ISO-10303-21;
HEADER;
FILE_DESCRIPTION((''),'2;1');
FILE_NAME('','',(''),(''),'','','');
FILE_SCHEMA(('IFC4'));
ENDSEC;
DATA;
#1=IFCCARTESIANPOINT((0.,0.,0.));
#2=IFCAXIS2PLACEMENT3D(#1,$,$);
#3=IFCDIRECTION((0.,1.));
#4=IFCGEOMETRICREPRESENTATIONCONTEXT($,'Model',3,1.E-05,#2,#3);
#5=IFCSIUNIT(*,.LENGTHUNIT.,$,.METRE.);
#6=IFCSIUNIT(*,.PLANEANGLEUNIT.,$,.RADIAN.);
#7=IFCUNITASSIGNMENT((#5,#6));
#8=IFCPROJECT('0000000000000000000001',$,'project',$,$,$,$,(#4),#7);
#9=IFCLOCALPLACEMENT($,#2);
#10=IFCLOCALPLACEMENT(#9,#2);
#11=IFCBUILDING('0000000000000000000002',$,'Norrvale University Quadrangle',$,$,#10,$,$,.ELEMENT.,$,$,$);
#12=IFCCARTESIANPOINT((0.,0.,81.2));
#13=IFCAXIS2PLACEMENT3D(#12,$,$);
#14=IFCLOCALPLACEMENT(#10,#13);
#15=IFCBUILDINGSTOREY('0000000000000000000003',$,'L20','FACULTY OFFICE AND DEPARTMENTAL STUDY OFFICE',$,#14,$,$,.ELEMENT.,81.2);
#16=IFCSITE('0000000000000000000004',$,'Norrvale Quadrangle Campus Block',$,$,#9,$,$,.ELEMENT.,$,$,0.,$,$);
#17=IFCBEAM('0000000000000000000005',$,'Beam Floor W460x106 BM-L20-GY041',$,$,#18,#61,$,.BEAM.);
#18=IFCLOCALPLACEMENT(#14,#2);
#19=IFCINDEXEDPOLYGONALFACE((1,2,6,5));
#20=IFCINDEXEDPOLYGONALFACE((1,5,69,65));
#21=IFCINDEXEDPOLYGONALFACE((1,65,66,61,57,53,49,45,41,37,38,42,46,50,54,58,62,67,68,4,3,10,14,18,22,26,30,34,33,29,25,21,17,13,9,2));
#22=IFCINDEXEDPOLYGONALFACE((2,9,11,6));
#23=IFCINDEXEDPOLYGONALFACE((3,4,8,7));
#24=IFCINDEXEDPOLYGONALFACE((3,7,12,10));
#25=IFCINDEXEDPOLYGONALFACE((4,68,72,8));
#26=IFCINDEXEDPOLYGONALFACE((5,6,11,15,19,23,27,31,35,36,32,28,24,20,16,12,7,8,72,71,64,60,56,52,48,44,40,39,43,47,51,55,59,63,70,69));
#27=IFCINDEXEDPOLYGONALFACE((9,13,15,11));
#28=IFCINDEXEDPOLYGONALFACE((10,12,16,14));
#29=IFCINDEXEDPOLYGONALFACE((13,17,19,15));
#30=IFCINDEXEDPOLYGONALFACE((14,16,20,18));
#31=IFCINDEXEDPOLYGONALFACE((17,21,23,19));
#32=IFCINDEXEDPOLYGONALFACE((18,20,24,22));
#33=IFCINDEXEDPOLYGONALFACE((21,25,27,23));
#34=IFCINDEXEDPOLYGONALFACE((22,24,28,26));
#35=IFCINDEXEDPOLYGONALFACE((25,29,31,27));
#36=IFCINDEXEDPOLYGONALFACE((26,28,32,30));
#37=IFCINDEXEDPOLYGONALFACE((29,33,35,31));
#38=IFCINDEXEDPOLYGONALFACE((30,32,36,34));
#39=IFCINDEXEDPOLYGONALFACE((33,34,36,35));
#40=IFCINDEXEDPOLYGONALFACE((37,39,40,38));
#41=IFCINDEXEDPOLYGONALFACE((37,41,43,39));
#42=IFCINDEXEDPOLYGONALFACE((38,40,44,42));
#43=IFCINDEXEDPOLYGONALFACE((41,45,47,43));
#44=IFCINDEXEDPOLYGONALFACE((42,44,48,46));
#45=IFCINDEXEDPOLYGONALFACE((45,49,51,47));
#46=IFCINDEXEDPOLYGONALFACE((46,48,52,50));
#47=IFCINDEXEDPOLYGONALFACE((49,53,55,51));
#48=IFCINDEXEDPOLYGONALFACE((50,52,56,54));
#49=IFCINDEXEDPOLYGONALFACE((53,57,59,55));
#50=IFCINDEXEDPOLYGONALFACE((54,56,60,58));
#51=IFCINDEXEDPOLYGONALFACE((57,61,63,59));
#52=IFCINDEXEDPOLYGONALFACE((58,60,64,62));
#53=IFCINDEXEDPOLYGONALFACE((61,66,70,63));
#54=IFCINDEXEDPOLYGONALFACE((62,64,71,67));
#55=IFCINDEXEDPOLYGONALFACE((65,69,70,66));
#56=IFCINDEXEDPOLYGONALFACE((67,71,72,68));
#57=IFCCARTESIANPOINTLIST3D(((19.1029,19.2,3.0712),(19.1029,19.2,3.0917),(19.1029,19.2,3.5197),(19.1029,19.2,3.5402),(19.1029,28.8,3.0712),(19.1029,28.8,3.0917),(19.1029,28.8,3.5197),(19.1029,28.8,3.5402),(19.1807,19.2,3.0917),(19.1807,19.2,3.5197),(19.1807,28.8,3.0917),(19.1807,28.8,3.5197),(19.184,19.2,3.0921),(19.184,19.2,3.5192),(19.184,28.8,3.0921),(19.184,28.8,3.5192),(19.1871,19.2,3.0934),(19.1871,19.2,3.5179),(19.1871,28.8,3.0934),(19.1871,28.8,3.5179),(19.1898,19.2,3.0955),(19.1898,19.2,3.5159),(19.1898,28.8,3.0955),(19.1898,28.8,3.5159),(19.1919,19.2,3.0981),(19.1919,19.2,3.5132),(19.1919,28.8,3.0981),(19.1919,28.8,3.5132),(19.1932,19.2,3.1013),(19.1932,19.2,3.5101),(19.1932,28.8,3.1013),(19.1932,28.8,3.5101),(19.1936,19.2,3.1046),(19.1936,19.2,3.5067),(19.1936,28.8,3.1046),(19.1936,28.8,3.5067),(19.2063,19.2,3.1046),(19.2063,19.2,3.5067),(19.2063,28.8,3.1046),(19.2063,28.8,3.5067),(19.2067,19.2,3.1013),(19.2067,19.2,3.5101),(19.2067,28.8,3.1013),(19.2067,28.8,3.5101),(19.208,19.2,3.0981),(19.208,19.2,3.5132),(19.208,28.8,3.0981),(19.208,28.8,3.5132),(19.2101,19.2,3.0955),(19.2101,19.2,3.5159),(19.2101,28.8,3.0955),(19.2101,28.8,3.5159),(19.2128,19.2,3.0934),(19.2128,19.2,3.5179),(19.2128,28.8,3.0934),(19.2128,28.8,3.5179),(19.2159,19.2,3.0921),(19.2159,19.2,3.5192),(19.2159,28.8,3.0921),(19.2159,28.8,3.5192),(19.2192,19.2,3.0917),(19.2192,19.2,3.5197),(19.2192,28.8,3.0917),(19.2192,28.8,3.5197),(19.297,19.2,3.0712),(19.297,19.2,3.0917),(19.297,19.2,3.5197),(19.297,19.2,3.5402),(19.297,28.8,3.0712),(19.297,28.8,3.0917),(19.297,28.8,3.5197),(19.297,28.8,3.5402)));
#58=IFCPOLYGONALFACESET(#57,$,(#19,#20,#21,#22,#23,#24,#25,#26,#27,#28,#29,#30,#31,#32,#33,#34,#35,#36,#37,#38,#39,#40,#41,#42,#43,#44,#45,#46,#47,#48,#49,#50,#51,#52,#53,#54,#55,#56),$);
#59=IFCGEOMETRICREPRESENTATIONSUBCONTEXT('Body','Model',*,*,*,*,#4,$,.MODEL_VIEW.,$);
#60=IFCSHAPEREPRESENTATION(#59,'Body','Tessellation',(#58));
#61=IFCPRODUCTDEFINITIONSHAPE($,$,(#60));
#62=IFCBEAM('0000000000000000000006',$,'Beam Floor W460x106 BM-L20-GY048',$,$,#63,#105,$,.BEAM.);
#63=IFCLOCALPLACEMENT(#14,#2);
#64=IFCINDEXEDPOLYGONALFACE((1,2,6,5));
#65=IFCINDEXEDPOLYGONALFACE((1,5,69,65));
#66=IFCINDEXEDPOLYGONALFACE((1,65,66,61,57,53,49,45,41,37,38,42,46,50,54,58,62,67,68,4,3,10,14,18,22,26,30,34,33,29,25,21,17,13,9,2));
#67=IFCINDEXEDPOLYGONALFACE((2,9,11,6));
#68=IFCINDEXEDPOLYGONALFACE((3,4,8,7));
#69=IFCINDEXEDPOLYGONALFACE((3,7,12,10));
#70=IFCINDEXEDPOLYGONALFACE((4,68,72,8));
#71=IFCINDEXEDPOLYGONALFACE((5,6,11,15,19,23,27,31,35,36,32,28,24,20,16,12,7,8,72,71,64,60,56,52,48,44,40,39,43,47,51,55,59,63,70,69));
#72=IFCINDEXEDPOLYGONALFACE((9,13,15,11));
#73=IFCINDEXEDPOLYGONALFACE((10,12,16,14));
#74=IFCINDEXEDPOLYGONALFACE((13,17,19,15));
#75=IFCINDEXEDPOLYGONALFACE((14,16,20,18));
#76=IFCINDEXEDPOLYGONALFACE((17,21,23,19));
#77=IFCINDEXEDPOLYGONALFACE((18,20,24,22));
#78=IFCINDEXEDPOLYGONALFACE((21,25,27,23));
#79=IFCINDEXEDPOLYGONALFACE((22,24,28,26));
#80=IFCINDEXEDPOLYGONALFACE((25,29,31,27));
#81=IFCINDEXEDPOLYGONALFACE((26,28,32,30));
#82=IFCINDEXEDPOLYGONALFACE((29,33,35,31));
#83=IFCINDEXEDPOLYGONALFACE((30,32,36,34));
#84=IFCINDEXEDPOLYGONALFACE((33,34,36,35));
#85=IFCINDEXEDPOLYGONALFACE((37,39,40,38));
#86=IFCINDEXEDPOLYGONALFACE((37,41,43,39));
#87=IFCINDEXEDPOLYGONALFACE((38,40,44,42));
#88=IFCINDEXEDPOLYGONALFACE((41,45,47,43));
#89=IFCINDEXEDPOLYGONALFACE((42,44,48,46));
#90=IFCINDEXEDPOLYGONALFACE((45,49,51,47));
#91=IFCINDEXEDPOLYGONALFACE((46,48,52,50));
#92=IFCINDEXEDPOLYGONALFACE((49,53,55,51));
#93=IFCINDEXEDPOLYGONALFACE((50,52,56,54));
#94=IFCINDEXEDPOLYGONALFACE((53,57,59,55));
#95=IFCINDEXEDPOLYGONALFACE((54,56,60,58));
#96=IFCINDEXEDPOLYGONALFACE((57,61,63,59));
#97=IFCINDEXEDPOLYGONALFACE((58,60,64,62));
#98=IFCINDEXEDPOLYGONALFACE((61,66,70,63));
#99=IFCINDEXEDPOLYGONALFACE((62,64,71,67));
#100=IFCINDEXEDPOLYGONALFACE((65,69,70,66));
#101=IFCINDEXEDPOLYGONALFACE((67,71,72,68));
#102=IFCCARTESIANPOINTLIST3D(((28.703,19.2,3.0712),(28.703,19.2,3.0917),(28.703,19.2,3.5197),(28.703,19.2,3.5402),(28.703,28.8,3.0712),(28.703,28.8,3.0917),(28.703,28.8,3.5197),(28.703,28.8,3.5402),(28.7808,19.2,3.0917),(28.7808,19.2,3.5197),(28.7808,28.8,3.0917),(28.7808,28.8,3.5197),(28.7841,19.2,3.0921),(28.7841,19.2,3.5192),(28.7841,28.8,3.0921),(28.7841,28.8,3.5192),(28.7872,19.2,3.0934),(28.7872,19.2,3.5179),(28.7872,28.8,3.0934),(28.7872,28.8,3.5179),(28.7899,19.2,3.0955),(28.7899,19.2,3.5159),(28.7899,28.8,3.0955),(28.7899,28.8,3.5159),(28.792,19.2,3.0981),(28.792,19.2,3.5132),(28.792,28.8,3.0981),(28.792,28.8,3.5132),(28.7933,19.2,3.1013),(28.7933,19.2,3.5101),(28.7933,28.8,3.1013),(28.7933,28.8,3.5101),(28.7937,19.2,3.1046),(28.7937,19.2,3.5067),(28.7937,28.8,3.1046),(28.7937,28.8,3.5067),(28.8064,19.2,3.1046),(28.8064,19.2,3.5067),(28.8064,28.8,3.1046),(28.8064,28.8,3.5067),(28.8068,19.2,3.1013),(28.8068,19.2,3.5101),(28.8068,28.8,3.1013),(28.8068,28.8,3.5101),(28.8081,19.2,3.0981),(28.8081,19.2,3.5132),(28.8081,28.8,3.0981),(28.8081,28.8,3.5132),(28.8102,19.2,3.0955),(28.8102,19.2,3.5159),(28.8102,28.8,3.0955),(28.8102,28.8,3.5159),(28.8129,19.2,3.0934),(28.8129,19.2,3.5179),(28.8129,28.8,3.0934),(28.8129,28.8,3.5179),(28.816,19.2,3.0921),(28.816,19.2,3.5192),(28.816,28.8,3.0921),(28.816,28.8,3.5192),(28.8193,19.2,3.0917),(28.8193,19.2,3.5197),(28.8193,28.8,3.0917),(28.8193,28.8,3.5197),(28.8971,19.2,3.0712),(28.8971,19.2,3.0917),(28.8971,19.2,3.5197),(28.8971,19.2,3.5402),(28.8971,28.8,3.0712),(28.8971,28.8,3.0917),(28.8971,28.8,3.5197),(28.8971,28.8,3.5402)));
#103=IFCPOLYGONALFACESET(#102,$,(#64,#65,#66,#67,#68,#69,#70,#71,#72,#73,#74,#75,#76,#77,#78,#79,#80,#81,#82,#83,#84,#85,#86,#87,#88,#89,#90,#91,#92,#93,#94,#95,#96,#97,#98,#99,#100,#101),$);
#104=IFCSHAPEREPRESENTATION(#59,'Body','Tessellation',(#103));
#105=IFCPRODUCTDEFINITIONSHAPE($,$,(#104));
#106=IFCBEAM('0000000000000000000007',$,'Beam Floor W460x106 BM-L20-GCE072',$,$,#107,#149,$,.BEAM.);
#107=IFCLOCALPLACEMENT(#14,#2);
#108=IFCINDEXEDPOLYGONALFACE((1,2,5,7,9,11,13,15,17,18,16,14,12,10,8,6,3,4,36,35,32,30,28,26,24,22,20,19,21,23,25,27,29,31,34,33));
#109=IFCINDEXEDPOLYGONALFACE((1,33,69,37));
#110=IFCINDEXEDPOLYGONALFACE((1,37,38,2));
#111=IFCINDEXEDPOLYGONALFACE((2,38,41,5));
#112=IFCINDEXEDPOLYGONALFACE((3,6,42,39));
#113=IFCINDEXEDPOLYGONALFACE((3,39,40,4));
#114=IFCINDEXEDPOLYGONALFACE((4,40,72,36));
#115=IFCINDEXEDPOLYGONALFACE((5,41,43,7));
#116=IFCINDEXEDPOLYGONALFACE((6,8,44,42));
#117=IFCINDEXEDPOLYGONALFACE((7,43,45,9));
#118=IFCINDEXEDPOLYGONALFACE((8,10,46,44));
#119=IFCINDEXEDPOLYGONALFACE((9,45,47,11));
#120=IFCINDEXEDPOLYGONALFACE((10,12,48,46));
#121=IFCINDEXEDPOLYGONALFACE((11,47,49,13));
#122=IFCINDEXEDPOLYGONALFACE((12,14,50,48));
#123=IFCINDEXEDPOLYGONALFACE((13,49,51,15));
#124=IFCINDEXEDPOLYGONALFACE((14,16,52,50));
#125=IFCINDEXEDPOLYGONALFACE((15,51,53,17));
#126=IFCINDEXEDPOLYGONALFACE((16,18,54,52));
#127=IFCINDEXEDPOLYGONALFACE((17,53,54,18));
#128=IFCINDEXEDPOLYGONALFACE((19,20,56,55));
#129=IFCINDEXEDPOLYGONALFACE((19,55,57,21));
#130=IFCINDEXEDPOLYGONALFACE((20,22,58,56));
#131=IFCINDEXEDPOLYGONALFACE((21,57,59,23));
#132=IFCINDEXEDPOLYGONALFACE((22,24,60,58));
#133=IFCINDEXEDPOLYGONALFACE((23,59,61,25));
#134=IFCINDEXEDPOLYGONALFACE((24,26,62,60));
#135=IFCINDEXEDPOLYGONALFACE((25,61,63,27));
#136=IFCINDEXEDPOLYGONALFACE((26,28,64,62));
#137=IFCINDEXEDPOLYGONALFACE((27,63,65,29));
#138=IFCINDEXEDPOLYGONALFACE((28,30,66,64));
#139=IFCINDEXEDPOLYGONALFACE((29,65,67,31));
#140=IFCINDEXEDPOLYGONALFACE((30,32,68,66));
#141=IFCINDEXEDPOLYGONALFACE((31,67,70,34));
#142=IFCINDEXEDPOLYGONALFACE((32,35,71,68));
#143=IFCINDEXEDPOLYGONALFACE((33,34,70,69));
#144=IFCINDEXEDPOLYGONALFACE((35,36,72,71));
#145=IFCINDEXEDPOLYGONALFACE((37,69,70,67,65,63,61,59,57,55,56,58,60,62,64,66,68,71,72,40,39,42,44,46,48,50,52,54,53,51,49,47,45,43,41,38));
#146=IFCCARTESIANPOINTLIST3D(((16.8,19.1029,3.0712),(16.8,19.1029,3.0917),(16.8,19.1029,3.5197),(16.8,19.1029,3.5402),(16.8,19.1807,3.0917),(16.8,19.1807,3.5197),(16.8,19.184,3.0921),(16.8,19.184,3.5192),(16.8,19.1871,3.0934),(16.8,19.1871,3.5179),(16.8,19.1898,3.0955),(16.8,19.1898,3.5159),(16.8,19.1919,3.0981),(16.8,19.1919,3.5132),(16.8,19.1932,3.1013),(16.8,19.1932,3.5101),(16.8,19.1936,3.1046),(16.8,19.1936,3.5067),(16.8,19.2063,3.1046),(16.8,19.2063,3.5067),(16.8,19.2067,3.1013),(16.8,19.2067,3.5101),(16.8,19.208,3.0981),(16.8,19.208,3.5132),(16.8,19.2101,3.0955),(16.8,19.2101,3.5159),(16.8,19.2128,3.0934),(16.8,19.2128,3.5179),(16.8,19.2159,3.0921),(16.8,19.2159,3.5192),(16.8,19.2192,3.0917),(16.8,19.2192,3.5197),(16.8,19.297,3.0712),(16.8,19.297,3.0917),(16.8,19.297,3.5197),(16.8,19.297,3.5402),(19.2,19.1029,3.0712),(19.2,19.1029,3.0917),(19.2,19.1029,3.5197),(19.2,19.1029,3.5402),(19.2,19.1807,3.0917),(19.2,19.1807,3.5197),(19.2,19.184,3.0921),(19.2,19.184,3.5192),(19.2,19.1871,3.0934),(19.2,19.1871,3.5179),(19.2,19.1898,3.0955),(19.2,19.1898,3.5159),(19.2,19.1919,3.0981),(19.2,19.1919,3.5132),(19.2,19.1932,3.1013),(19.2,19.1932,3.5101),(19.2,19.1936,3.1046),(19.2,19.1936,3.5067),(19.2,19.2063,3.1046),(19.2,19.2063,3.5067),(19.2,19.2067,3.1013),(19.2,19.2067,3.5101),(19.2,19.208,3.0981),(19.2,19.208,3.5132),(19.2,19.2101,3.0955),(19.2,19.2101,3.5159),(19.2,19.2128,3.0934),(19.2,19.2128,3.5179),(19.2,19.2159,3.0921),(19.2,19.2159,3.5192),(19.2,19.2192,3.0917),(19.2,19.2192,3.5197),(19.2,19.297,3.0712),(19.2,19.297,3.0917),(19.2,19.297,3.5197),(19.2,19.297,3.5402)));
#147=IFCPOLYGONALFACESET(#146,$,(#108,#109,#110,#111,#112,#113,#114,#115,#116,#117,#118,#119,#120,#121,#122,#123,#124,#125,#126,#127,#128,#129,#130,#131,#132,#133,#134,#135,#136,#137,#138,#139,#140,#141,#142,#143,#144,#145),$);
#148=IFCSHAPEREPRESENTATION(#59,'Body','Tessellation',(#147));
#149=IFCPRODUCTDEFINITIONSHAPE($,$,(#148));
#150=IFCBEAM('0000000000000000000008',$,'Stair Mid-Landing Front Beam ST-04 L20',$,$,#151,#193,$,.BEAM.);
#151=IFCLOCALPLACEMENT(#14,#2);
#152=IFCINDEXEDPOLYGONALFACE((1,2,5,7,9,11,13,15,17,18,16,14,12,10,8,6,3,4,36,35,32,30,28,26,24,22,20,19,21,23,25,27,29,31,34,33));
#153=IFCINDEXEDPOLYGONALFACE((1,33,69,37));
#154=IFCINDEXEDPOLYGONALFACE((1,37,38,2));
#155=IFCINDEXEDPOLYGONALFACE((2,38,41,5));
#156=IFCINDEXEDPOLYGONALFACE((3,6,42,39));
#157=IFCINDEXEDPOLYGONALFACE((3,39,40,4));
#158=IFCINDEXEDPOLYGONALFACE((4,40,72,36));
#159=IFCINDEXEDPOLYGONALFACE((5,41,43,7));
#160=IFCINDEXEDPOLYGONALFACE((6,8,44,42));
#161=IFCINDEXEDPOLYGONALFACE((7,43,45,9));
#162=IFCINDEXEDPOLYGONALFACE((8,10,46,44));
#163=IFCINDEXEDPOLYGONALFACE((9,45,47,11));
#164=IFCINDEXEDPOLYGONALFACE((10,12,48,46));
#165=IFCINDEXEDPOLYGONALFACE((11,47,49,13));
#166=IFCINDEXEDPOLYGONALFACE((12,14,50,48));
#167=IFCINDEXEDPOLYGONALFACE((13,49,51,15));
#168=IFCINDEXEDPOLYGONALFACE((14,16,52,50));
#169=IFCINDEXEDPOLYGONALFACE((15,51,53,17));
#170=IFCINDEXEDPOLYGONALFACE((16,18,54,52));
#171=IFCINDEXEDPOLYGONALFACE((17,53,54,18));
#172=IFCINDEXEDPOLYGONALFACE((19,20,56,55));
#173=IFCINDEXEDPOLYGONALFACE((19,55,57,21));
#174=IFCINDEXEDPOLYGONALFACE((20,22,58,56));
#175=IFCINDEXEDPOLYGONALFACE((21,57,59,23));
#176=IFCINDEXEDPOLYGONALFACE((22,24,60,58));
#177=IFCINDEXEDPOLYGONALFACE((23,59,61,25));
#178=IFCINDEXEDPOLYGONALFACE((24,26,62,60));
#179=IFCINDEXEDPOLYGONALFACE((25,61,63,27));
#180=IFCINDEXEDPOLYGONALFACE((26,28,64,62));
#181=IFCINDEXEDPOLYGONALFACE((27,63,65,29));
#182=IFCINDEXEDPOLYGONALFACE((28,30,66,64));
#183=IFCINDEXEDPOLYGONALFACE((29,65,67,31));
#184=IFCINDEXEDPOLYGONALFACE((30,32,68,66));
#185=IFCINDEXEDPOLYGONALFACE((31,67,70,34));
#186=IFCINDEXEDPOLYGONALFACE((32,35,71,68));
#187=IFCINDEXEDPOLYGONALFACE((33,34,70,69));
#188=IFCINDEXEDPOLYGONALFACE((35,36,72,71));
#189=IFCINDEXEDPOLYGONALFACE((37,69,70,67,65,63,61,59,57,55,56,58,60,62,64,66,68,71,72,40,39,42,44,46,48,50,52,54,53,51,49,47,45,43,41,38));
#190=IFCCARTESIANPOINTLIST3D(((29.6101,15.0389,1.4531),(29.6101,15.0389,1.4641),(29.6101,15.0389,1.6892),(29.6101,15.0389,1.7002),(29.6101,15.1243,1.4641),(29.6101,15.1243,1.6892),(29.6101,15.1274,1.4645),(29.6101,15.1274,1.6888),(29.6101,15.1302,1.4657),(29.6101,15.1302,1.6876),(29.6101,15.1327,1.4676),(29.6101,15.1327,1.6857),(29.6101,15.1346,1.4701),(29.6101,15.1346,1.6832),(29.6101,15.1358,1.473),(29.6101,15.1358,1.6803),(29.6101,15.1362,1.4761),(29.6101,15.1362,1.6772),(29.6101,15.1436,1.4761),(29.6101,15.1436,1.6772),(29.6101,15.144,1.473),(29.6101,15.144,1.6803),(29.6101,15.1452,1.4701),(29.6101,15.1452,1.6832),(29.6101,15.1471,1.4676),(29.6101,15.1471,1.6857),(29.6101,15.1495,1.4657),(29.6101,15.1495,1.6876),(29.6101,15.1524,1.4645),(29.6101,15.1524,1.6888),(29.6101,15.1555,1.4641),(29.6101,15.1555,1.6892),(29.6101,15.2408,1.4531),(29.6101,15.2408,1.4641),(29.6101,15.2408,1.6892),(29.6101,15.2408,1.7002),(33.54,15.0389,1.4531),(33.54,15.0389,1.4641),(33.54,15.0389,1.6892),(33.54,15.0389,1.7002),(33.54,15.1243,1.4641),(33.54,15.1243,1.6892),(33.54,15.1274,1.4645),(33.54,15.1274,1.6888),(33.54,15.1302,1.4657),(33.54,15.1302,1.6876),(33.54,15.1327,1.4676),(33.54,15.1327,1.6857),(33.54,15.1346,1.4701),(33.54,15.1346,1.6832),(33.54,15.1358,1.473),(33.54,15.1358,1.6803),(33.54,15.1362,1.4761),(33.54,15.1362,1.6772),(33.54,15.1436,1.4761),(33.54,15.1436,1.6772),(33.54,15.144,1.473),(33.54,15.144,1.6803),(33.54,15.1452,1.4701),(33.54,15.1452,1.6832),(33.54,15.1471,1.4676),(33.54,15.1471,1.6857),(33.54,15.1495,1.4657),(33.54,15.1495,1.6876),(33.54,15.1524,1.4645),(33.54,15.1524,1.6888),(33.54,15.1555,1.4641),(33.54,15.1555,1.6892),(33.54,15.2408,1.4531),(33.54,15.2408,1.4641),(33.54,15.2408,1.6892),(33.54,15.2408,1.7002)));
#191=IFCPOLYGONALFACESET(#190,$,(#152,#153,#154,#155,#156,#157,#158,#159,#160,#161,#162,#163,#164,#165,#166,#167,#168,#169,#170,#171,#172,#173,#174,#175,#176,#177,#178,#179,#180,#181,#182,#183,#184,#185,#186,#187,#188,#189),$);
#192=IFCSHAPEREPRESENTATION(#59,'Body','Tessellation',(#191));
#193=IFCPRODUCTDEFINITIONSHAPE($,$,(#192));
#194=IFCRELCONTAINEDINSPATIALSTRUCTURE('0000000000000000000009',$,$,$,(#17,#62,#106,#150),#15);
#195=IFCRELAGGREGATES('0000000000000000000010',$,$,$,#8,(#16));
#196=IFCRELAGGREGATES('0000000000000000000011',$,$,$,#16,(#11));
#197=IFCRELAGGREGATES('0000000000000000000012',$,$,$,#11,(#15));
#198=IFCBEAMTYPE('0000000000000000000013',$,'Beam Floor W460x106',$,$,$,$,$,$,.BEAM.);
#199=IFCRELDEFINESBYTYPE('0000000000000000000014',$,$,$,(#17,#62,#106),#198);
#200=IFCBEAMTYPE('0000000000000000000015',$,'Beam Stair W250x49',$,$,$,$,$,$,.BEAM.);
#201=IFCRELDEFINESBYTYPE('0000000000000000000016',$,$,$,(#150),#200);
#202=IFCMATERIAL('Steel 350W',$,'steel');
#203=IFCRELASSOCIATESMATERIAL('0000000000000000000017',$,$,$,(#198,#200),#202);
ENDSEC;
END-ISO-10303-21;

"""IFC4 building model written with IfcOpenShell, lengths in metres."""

from ifc_helpers import new_model, si_unit, direction, frame, origin, origin_2d, place, context, subcontext, project, spatial, i_section, extrude, material, material_profile, profile_set, type_object, element, save


model = new_model("IFC4")

# Units and contexts
model_context = context("Model", 3, precision=1e-05, world=origin(), true_north=direction((0.0, 1.0)))
body_context = subcontext(model_context, "Body", "Model", "MODEL_VIEW")
ifc_project = project(units=[si_unit("LENGTHUNIT", "METRE"), si_unit("PLANEANGLEUNIT", "RADIAN")], contexts=[model_context])

# Site, building, storey
site_placement = place(None, origin())
site = spatial("IfcSite", under=ifc_project, at=site_placement, Name="Norrvale Quadrangle Campus Block", CompositionType="ELEMENT", RefElevation=0.0)
building_placement = place(site_placement, origin())
building = spatial("IfcBuilding", under=site, at=building_placement, Name="Norrvale University Quadrangle", CompositionType="ELEMENT")
storey_placement = place(building_placement, frame((0.0, 0.0, 81.2)))
storey = spatial("IfcBuildingStorey", under=building, at=storey_placement, Name="L20", Description="FACULTY OFFICE AND DEPARTMENTAL STUDY OFFICE", CompositionType="ELEMENT", Elevation=81.2)

# Beams
ifc_material_1 = material(Name="Steel 350W", Category="steel")
ifc_material_profile_1 = material_profile(ifc_material_1, i_section(OverallWidth=0.1941, OverallDepth=0.469, WebThickness=0.0127, FlangeThickness=0.0205, FilletRadius=0.0129, at=origin_2d()), Name="Steel 350W")
ifc_profile_set_1 = profile_set([ifc_material_profile_1], Name="Steel 350W")
beam_type_1 = type_object("IfcBeamType", Name="Beam Floor W460x106", PredefinedType="BEAM", material=ifc_profile_set_1)
for number, where, z_axis, x_axis, name in (
    (1, (19.2, 19.2, 3.3057), (0.0, 1.0, 0.0), (-1.0, 0.0, 0.0), "Beam Floor W460x106 BM-L20-GY041"),
    (2, (28.8, 19.2, 3.3057), (0.0, 1.0, 0.0), (-1.0, 0.0, 0.0), "Beam Floor W460x106 BM-L20-GY048"),
):
    element("IfcBeam", number, at=place(storey_placement, frame(where, z_axis=z_axis, x_axis=x_axis)), inside=storey, type_object=beam_type_1, Name=name, PredefinedType="BEAM", context=body_context, shape_type="SweptSolid", body=[
        extrude(i_section(OverallWidth=0.1941, OverallDepth=0.469, WebThickness=0.0127, FlangeThickness=0.0205, FilletRadius=0.0129, at=origin_2d()), origin(), (0.0, 0.0, 1.0), 9.6001),
    ])
beam_1_placement = place(storey_placement, frame((16.8, 19.2, 3.3057), z_axis=(1.0, 0.0, 0.0), x_axis=(0.0, 1.0, 0.0)))
element("IfcBeam", 3, at=beam_1_placement, inside=storey, type_object=beam_type_1, Name="Beam Floor W460x106 BM-L20-GCE072", PredefinedType="BEAM", context=body_context, shape_type="SweptSolid", body=[
    extrude(i_section(OverallWidth=0.1941, OverallDepth=0.469, WebThickness=0.0127, FlangeThickness=0.0205, FilletRadius=0.0129, at=origin_2d()), origin(), (0.0, 0.0, 1.0), 2.3999),
])
ifc_material_profile_2 = material_profile(ifc_material_1, i_section(OverallWidth=0.2019, OverallDepth=0.2471, WebThickness=0.0073, FlangeThickness=0.011, FilletRadius=0.012, at=origin_2d()), Name="Steel 350W")
ifc_profile_set_2 = profile_set([ifc_material_profile_2], Name="Steel 350W")
beam_type_2 = type_object("IfcBeamType", Name="Beam Stair W250x49", PredefinedType="BEAM", material=ifc_profile_set_2)
for number, where, z_axis, x_axis, name in (
    (4, (29.6101, 15.1399, 1.5767), (1.0, 0.0, 0.0), (0.0, 1.0, 0.0), "Stair Mid-Landing Front Beam ST-04 L20"),
):
    element("IfcBeam", number, at=place(storey_placement, frame(where, z_axis=z_axis, x_axis=x_axis)), inside=storey, type_object=beam_type_2, Name=name, PredefinedType="BEAM", context=body_context, shape_type="SweptSolid", body=[
        extrude(i_section(OverallWidth=0.2019, OverallDepth=0.2471, WebThickness=0.0073, FlangeThickness=0.011, FilletRadius=0.012, at=origin_2d()), origin(), (0.0, 0.0, 1.0), 3.9299),
    ])

save(model, "model.ifc")
